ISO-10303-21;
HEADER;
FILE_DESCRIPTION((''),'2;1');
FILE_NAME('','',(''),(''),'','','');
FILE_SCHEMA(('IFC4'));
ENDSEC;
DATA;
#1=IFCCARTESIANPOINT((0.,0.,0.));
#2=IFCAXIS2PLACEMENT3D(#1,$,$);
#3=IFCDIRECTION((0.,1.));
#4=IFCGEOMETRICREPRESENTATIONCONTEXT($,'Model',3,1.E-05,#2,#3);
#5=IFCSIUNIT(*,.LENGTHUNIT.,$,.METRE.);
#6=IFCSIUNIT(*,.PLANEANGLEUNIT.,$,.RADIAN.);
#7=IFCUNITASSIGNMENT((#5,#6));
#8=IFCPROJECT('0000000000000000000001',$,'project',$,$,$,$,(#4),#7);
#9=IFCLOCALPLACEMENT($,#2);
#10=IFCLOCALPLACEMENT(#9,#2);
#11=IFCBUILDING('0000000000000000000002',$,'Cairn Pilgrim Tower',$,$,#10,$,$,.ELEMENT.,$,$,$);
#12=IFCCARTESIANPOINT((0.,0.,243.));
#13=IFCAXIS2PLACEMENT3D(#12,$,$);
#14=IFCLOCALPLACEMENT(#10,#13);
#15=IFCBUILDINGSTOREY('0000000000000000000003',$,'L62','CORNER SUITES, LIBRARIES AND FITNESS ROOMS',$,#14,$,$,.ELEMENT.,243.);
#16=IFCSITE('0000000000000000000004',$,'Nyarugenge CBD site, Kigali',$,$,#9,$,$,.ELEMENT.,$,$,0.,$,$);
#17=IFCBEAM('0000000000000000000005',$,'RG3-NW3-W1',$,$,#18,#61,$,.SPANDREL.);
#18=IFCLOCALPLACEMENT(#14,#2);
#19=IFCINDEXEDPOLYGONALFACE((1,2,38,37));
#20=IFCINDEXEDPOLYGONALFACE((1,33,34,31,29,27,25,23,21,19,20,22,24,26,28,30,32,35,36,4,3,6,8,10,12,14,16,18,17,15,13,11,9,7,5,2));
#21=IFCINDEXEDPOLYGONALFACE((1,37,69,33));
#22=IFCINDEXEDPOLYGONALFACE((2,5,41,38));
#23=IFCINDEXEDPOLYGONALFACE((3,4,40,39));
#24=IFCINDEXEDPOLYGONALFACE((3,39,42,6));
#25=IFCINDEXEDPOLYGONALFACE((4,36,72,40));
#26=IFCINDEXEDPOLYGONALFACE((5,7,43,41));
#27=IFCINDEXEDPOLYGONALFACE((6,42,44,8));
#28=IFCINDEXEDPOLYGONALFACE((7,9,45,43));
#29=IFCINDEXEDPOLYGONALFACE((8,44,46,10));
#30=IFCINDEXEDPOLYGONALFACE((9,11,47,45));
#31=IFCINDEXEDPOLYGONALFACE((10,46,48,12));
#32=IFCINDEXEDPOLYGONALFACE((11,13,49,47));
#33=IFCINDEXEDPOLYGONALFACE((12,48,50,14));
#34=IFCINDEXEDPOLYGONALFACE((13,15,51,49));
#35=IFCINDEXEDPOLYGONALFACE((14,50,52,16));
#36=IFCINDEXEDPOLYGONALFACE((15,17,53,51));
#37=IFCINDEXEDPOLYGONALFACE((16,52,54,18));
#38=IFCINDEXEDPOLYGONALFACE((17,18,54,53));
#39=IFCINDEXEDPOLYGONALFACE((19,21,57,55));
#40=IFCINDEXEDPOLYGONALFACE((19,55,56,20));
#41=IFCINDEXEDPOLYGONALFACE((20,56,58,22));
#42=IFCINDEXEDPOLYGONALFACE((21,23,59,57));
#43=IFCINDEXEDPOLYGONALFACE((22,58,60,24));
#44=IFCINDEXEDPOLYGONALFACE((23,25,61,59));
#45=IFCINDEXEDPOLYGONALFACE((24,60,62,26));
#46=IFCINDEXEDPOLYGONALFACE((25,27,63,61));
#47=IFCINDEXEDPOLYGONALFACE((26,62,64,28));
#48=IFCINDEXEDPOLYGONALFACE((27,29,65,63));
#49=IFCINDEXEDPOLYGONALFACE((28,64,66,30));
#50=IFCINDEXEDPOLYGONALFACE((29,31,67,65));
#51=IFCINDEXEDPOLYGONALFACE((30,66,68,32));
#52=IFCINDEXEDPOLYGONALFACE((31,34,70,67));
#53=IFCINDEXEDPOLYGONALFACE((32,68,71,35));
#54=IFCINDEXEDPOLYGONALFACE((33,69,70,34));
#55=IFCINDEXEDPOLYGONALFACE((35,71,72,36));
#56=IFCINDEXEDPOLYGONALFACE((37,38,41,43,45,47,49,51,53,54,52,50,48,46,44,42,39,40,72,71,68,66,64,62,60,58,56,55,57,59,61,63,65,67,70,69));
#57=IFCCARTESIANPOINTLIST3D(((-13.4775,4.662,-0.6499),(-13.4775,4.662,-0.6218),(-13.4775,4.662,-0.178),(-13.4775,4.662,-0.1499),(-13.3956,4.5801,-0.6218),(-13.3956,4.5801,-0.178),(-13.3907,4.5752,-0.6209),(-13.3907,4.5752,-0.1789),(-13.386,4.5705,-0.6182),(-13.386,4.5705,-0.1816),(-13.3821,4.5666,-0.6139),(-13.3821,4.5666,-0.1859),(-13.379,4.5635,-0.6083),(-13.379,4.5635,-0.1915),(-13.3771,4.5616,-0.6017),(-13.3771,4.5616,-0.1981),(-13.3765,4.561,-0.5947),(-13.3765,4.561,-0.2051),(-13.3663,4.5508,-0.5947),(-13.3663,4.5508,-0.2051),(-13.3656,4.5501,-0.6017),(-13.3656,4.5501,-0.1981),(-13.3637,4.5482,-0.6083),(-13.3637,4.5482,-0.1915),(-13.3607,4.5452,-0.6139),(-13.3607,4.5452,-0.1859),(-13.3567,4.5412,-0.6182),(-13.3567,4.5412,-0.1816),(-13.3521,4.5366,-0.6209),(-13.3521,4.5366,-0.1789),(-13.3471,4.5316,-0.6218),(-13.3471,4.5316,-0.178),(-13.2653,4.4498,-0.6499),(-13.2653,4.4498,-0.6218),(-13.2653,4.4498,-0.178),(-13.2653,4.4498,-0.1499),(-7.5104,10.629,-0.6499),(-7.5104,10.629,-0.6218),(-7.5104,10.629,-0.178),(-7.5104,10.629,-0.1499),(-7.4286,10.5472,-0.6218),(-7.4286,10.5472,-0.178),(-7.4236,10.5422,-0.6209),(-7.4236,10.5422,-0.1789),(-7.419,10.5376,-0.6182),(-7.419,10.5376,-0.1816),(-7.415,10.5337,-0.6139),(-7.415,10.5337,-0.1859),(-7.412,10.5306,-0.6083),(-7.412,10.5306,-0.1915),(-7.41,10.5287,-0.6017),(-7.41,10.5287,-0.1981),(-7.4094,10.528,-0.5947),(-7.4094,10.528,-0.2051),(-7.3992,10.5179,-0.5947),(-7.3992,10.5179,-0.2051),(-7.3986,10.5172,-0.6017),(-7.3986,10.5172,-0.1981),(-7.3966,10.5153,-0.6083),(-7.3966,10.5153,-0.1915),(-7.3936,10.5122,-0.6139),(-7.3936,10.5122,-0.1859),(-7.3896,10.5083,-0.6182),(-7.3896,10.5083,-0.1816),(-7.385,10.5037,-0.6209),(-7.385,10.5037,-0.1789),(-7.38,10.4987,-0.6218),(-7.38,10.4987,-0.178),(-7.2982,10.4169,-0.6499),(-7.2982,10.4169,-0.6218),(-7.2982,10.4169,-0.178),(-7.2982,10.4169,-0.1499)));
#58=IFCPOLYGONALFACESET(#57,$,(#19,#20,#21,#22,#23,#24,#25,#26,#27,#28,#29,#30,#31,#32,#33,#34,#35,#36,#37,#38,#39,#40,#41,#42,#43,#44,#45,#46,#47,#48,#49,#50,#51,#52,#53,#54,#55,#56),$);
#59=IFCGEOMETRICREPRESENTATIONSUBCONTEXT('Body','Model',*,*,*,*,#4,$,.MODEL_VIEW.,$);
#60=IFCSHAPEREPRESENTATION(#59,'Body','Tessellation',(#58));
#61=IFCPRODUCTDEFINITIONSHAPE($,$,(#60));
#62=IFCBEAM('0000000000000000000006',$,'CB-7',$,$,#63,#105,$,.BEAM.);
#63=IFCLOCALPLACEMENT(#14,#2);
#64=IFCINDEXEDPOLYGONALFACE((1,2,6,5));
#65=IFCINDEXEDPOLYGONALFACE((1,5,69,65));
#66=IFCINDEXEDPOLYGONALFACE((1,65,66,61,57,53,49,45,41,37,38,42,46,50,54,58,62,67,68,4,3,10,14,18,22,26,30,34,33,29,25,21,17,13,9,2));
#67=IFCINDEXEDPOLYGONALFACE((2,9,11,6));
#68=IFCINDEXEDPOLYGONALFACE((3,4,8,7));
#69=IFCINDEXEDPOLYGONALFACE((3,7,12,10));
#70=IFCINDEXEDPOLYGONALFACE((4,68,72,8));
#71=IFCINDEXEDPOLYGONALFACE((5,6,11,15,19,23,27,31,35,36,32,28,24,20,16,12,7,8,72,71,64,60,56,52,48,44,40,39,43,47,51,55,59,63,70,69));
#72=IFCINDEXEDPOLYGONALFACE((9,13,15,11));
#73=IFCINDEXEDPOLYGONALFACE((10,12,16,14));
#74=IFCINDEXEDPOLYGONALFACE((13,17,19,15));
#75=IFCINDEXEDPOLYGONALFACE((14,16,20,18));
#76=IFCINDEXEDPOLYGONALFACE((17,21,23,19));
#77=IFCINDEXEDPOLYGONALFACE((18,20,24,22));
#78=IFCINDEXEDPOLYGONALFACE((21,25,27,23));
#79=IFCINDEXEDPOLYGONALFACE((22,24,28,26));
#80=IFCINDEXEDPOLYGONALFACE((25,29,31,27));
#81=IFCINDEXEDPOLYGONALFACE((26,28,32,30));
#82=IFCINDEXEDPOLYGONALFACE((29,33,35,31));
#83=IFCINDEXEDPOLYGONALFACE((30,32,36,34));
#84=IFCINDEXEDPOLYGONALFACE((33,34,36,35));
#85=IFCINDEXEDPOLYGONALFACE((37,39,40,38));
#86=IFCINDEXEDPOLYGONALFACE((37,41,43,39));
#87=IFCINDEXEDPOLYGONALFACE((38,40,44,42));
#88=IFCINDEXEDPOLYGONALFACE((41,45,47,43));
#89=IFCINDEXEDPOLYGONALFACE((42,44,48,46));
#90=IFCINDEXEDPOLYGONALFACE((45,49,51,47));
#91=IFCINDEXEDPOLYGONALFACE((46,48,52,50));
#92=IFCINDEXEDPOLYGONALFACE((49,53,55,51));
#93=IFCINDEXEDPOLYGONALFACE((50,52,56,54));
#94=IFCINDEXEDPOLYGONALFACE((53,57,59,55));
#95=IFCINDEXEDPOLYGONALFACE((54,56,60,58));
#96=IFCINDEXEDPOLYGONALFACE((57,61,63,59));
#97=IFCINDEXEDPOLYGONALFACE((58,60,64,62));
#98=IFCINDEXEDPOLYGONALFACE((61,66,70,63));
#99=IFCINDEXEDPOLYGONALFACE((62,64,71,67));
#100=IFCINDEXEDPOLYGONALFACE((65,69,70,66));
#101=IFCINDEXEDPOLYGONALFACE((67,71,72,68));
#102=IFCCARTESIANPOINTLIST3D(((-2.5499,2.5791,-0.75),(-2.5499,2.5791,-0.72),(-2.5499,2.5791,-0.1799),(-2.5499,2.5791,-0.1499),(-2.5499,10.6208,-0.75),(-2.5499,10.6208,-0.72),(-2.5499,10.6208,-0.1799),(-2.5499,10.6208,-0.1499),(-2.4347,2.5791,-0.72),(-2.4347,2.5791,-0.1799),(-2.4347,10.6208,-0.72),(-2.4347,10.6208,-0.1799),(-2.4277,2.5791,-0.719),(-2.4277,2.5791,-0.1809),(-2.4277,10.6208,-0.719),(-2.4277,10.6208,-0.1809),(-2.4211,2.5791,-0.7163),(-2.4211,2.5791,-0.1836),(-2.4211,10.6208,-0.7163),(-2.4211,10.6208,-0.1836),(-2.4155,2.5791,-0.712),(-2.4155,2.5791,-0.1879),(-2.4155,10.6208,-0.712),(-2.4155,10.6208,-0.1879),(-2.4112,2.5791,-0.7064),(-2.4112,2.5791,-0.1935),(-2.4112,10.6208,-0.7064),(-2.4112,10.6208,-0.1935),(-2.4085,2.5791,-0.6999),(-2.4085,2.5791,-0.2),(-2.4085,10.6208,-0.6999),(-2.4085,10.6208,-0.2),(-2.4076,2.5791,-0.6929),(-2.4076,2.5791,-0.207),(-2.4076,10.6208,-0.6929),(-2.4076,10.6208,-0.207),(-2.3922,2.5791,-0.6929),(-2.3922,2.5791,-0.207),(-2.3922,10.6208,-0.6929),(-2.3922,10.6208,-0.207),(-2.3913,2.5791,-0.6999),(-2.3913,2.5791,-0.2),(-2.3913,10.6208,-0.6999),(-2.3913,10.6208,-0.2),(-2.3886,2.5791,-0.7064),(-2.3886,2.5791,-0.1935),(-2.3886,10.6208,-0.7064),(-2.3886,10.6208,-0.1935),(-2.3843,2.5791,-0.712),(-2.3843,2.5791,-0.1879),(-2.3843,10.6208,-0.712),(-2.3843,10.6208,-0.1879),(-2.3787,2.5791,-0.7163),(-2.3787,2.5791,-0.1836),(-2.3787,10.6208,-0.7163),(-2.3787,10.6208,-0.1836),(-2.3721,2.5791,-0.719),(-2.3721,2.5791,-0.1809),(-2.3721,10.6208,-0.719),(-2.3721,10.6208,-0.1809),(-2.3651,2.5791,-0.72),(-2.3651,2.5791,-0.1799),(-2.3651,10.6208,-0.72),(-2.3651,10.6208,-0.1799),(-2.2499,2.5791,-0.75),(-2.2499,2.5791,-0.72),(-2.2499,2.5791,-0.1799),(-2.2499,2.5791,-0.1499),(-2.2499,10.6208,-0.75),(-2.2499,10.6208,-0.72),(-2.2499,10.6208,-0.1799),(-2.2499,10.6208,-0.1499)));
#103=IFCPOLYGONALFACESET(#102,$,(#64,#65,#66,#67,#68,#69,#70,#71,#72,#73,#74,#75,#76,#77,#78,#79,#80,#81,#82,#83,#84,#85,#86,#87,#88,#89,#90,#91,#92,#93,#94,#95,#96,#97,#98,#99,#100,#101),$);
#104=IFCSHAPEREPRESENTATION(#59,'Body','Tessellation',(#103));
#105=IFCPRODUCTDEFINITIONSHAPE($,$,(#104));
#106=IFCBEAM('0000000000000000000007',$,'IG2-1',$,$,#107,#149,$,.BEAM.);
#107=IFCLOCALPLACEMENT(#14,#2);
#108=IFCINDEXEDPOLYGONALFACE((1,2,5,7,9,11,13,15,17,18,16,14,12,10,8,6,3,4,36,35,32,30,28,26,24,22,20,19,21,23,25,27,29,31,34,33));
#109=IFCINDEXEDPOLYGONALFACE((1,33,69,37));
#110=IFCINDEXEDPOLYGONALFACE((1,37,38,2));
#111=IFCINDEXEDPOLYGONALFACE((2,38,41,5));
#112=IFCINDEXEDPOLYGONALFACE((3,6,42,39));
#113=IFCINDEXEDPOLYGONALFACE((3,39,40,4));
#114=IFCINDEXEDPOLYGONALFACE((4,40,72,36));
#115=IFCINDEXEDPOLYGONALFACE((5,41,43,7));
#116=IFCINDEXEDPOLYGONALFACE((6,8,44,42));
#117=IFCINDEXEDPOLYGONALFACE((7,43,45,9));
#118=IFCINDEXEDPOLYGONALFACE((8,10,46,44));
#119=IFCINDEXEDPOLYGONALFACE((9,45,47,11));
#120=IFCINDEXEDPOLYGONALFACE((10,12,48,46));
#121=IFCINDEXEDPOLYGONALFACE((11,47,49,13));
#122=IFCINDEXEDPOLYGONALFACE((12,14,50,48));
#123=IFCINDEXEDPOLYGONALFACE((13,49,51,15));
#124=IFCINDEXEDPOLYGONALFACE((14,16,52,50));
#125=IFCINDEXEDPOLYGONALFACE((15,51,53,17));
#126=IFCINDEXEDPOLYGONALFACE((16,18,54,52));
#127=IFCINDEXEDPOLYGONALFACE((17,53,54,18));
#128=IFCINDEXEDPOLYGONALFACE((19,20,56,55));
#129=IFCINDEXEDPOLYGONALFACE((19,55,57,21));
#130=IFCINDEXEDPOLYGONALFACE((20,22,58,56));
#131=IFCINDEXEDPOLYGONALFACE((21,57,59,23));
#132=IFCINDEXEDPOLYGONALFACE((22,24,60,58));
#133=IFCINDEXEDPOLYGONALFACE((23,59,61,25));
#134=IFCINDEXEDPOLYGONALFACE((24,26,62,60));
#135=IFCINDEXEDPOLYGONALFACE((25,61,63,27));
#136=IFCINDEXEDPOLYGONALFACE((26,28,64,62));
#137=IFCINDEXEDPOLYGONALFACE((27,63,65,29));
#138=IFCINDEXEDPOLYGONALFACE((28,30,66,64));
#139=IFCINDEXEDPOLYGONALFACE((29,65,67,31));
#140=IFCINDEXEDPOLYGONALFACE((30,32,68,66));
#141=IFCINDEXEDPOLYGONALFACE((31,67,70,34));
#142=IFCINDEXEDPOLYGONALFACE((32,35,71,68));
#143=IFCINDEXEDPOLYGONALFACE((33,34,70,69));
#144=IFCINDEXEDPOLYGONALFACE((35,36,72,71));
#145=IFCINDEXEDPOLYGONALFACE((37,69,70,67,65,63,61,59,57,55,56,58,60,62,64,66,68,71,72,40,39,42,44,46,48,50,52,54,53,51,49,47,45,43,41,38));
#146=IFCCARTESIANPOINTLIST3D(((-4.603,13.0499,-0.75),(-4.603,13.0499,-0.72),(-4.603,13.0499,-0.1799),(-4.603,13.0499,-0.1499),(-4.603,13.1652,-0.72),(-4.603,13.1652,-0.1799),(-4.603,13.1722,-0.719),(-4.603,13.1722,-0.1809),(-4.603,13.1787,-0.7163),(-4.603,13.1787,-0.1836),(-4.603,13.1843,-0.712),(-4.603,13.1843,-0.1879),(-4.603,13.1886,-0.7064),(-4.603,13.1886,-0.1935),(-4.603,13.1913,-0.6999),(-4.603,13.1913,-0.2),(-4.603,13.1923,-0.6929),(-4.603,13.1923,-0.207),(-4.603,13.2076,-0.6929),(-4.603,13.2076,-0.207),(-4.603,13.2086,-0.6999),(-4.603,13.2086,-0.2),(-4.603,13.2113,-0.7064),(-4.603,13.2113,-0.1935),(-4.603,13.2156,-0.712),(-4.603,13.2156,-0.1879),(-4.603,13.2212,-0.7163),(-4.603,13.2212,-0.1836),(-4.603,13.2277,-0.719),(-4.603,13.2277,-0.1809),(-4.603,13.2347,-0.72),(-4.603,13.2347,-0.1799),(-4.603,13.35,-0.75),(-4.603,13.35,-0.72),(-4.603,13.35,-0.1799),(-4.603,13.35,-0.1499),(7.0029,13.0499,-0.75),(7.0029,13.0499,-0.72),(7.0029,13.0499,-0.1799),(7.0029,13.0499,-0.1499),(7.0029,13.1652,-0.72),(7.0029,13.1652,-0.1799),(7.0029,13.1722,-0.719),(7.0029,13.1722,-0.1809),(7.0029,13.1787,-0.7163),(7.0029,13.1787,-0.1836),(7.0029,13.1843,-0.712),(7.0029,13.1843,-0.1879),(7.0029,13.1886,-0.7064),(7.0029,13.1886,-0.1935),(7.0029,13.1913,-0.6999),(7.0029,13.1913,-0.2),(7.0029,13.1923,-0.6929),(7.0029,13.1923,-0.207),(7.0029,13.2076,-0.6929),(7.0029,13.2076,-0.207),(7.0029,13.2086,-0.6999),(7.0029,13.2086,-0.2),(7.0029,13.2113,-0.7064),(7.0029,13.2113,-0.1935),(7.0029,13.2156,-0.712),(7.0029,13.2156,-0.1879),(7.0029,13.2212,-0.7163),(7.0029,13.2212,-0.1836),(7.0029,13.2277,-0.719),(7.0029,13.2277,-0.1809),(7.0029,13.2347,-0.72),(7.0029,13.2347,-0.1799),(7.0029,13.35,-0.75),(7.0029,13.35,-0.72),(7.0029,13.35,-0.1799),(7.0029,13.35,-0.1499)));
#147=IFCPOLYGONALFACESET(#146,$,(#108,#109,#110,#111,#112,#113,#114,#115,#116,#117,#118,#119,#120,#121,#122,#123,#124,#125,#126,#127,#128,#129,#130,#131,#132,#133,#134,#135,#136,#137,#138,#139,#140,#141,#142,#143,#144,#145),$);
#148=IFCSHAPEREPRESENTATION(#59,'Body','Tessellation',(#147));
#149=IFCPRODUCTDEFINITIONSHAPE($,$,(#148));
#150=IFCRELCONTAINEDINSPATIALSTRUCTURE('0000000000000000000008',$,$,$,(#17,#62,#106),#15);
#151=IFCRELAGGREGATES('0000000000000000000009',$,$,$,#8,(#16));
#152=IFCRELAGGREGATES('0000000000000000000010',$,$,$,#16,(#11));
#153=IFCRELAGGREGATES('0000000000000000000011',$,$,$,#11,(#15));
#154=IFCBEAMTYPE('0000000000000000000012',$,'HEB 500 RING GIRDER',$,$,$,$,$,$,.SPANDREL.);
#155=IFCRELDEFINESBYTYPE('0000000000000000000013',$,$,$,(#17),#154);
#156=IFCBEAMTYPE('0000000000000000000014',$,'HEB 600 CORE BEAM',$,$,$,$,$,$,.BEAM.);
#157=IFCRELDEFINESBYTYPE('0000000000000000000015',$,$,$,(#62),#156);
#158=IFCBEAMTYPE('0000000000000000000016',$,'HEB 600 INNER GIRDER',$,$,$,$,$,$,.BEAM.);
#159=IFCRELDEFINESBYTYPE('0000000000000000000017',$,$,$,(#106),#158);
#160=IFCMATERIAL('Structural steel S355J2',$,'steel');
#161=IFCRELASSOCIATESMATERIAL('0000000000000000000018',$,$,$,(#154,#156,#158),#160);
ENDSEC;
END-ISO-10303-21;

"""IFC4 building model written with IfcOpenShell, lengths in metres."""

from ifc_helpers import new_model, si_unit, direction, frame, origin, origin_2d, place, context, subcontext, project, spatial, i_section, extrude, material, material_profile, profile_set, type_object, element, save


model = new_model("IFC4")

# Units and contexts
model_context = context("Model", 3, precision=1e-05, world=origin(), true_north=direction((0.0, 1.0)))
body_context = subcontext(model_context, "Body", "Model", "MODEL_VIEW")
ifc_project = project(units=[si_unit("LENGTHUNIT", "METRE"), si_unit("PLANEANGLEUNIT", "RADIAN")], contexts=[model_context])

# Site, building, storey
site_placement = place(None, origin())
site = spatial("IfcSite", under=ifc_project, at=site_placement, Name="Nyarugenge CBD site, Kigali", CompositionType="ELEMENT", RefElevation=0.0)
building_placement = place(site_placement, origin())
building = spatial("IfcBuilding", under=site, at=building_placement, Name="Cairn Pilgrim Tower", CompositionType="ELEMENT")
storey_placement = place(building_placement, frame((0.0, 0.0, 243.0)))
storey = spatial("IfcBuildingStorey", under=building, at=storey_placement, Name="L62", Description="CORNER SUITES, LIBRARIES AND FITNESS ROOMS", CompositionType="ELEMENT", Elevation=243.0)

# Shared definitions
ifc_material_1 = material(Name="Structural steel S355J2", Category="steel")

# Beams
ifc_material_profile_1 = material_profile(ifc_material_1, i_section(OverallWidth=0.3, OverallDepth=0.5, WebThickness=0.0144, FlangeThickness=0.0281, FilletRadius=0.0271, at=origin_2d()), Name="HEB 500")
ifc_profile_set_1 = profile_set([ifc_material_profile_1], Name="Structural steel S355J2")
beam_type_1 = type_object("IfcBeamType", Name="HEB 500 RING GIRDER", PredefinedType="SPANDREL", material=ifc_profile_set_1)
beam_1_placement = place(storey_placement, frame((-7.4043, 10.5229, -0.3999), z_axis=(-0.707107, -0.707107, 0.0), x_axis=(0.707107, -0.707107, 0.0)))
element("IfcBeam", 1, at=beam_1_placement, inside=storey, type_object=beam_type_1, Name="RG3-NW3-W1", PredefinedType="SPANDREL", context=body_context, shape_type="SweptSolid", body=[
    extrude(i_section(OverallWidth=0.3, OverallDepth=0.5, WebThickness=0.0144, FlangeThickness=0.0281, FilletRadius=0.0271, at=origin_2d()), origin(), (0.0, 0.0, 1.0), 8.4387),
])
ifc_material_profile_2 = material_profile(ifc_material_1, i_section(OverallWidth=0.3, OverallDepth=0.6001, WebThickness=0.0154, FlangeThickness=0.03, FilletRadius=0.0271, at=origin_2d()), Name="HEB 600")
ifc_profile_set_2 = profile_set([ifc_material_profile_2], Name="Structural steel S355J2")
beam_type_2 = type_object("IfcBeamType", Name="HEB 600 CORE BEAM", PredefinedType="BEAM", material=ifc_profile_set_2)
beam_2_placement = place(storey_placement, frame((-2.3999, 10.6208, -0.45), z_axis=(0.0, -1.0, 0.0), x_axis=(1.0, 0.0, 0.0)))
element("IfcBeam", 2, at=beam_2_placement, inside=storey, type_object=beam_type_2, Name="CB-7", PredefinedType="BEAM", context=body_context, shape_type="SweptSolid", body=[
    extrude(i_section(OverallWidth=0.3, OverallDepth=0.6001, WebThickness=0.0154, FlangeThickness=0.03, FilletRadius=0.0271, at=origin_2d()), origin(), (0.0, 0.0, 1.0), 8.0417),
])
ifc_material_profile_3 = material_profile(ifc_material_1, i_section(OverallWidth=0.3, OverallDepth=0.6001, WebThickness=0.0154, FlangeThickness=0.03, FilletRadius=0.0271, at=origin_2d()), Name="HEB 600")
ifc_profile_set_3 = profile_set([ifc_material_profile_3], Name="Structural steel S355J2")
beam_type_3 = type_object("IfcBeamType", Name="HEB 600 INNER GIRDER", PredefinedType="BEAM", material=ifc_profile_set_3)
beam_3_placement = place(storey_placement, frame((-4.603, 13.2, -0.45), z_axis=(1.0, 0.0, 0.0), x_axis=(0.0, 1.0, 0.0)))
element("IfcBeam", 3, at=beam_3_placement, inside=storey, type_object=beam_type_3, Name="IG2-1", PredefinedType="BEAM", context=body_context, shape_type="SweptSolid", body=[
    extrude(i_section(OverallWidth=0.3, OverallDepth=0.6001, WebThickness=0.0154, FlangeThickness=0.03, FilletRadius=0.0271, at=origin_2d()), origin(), (0.0, 0.0, 1.0), 11.606),
])

save(model, "model.ifc")
